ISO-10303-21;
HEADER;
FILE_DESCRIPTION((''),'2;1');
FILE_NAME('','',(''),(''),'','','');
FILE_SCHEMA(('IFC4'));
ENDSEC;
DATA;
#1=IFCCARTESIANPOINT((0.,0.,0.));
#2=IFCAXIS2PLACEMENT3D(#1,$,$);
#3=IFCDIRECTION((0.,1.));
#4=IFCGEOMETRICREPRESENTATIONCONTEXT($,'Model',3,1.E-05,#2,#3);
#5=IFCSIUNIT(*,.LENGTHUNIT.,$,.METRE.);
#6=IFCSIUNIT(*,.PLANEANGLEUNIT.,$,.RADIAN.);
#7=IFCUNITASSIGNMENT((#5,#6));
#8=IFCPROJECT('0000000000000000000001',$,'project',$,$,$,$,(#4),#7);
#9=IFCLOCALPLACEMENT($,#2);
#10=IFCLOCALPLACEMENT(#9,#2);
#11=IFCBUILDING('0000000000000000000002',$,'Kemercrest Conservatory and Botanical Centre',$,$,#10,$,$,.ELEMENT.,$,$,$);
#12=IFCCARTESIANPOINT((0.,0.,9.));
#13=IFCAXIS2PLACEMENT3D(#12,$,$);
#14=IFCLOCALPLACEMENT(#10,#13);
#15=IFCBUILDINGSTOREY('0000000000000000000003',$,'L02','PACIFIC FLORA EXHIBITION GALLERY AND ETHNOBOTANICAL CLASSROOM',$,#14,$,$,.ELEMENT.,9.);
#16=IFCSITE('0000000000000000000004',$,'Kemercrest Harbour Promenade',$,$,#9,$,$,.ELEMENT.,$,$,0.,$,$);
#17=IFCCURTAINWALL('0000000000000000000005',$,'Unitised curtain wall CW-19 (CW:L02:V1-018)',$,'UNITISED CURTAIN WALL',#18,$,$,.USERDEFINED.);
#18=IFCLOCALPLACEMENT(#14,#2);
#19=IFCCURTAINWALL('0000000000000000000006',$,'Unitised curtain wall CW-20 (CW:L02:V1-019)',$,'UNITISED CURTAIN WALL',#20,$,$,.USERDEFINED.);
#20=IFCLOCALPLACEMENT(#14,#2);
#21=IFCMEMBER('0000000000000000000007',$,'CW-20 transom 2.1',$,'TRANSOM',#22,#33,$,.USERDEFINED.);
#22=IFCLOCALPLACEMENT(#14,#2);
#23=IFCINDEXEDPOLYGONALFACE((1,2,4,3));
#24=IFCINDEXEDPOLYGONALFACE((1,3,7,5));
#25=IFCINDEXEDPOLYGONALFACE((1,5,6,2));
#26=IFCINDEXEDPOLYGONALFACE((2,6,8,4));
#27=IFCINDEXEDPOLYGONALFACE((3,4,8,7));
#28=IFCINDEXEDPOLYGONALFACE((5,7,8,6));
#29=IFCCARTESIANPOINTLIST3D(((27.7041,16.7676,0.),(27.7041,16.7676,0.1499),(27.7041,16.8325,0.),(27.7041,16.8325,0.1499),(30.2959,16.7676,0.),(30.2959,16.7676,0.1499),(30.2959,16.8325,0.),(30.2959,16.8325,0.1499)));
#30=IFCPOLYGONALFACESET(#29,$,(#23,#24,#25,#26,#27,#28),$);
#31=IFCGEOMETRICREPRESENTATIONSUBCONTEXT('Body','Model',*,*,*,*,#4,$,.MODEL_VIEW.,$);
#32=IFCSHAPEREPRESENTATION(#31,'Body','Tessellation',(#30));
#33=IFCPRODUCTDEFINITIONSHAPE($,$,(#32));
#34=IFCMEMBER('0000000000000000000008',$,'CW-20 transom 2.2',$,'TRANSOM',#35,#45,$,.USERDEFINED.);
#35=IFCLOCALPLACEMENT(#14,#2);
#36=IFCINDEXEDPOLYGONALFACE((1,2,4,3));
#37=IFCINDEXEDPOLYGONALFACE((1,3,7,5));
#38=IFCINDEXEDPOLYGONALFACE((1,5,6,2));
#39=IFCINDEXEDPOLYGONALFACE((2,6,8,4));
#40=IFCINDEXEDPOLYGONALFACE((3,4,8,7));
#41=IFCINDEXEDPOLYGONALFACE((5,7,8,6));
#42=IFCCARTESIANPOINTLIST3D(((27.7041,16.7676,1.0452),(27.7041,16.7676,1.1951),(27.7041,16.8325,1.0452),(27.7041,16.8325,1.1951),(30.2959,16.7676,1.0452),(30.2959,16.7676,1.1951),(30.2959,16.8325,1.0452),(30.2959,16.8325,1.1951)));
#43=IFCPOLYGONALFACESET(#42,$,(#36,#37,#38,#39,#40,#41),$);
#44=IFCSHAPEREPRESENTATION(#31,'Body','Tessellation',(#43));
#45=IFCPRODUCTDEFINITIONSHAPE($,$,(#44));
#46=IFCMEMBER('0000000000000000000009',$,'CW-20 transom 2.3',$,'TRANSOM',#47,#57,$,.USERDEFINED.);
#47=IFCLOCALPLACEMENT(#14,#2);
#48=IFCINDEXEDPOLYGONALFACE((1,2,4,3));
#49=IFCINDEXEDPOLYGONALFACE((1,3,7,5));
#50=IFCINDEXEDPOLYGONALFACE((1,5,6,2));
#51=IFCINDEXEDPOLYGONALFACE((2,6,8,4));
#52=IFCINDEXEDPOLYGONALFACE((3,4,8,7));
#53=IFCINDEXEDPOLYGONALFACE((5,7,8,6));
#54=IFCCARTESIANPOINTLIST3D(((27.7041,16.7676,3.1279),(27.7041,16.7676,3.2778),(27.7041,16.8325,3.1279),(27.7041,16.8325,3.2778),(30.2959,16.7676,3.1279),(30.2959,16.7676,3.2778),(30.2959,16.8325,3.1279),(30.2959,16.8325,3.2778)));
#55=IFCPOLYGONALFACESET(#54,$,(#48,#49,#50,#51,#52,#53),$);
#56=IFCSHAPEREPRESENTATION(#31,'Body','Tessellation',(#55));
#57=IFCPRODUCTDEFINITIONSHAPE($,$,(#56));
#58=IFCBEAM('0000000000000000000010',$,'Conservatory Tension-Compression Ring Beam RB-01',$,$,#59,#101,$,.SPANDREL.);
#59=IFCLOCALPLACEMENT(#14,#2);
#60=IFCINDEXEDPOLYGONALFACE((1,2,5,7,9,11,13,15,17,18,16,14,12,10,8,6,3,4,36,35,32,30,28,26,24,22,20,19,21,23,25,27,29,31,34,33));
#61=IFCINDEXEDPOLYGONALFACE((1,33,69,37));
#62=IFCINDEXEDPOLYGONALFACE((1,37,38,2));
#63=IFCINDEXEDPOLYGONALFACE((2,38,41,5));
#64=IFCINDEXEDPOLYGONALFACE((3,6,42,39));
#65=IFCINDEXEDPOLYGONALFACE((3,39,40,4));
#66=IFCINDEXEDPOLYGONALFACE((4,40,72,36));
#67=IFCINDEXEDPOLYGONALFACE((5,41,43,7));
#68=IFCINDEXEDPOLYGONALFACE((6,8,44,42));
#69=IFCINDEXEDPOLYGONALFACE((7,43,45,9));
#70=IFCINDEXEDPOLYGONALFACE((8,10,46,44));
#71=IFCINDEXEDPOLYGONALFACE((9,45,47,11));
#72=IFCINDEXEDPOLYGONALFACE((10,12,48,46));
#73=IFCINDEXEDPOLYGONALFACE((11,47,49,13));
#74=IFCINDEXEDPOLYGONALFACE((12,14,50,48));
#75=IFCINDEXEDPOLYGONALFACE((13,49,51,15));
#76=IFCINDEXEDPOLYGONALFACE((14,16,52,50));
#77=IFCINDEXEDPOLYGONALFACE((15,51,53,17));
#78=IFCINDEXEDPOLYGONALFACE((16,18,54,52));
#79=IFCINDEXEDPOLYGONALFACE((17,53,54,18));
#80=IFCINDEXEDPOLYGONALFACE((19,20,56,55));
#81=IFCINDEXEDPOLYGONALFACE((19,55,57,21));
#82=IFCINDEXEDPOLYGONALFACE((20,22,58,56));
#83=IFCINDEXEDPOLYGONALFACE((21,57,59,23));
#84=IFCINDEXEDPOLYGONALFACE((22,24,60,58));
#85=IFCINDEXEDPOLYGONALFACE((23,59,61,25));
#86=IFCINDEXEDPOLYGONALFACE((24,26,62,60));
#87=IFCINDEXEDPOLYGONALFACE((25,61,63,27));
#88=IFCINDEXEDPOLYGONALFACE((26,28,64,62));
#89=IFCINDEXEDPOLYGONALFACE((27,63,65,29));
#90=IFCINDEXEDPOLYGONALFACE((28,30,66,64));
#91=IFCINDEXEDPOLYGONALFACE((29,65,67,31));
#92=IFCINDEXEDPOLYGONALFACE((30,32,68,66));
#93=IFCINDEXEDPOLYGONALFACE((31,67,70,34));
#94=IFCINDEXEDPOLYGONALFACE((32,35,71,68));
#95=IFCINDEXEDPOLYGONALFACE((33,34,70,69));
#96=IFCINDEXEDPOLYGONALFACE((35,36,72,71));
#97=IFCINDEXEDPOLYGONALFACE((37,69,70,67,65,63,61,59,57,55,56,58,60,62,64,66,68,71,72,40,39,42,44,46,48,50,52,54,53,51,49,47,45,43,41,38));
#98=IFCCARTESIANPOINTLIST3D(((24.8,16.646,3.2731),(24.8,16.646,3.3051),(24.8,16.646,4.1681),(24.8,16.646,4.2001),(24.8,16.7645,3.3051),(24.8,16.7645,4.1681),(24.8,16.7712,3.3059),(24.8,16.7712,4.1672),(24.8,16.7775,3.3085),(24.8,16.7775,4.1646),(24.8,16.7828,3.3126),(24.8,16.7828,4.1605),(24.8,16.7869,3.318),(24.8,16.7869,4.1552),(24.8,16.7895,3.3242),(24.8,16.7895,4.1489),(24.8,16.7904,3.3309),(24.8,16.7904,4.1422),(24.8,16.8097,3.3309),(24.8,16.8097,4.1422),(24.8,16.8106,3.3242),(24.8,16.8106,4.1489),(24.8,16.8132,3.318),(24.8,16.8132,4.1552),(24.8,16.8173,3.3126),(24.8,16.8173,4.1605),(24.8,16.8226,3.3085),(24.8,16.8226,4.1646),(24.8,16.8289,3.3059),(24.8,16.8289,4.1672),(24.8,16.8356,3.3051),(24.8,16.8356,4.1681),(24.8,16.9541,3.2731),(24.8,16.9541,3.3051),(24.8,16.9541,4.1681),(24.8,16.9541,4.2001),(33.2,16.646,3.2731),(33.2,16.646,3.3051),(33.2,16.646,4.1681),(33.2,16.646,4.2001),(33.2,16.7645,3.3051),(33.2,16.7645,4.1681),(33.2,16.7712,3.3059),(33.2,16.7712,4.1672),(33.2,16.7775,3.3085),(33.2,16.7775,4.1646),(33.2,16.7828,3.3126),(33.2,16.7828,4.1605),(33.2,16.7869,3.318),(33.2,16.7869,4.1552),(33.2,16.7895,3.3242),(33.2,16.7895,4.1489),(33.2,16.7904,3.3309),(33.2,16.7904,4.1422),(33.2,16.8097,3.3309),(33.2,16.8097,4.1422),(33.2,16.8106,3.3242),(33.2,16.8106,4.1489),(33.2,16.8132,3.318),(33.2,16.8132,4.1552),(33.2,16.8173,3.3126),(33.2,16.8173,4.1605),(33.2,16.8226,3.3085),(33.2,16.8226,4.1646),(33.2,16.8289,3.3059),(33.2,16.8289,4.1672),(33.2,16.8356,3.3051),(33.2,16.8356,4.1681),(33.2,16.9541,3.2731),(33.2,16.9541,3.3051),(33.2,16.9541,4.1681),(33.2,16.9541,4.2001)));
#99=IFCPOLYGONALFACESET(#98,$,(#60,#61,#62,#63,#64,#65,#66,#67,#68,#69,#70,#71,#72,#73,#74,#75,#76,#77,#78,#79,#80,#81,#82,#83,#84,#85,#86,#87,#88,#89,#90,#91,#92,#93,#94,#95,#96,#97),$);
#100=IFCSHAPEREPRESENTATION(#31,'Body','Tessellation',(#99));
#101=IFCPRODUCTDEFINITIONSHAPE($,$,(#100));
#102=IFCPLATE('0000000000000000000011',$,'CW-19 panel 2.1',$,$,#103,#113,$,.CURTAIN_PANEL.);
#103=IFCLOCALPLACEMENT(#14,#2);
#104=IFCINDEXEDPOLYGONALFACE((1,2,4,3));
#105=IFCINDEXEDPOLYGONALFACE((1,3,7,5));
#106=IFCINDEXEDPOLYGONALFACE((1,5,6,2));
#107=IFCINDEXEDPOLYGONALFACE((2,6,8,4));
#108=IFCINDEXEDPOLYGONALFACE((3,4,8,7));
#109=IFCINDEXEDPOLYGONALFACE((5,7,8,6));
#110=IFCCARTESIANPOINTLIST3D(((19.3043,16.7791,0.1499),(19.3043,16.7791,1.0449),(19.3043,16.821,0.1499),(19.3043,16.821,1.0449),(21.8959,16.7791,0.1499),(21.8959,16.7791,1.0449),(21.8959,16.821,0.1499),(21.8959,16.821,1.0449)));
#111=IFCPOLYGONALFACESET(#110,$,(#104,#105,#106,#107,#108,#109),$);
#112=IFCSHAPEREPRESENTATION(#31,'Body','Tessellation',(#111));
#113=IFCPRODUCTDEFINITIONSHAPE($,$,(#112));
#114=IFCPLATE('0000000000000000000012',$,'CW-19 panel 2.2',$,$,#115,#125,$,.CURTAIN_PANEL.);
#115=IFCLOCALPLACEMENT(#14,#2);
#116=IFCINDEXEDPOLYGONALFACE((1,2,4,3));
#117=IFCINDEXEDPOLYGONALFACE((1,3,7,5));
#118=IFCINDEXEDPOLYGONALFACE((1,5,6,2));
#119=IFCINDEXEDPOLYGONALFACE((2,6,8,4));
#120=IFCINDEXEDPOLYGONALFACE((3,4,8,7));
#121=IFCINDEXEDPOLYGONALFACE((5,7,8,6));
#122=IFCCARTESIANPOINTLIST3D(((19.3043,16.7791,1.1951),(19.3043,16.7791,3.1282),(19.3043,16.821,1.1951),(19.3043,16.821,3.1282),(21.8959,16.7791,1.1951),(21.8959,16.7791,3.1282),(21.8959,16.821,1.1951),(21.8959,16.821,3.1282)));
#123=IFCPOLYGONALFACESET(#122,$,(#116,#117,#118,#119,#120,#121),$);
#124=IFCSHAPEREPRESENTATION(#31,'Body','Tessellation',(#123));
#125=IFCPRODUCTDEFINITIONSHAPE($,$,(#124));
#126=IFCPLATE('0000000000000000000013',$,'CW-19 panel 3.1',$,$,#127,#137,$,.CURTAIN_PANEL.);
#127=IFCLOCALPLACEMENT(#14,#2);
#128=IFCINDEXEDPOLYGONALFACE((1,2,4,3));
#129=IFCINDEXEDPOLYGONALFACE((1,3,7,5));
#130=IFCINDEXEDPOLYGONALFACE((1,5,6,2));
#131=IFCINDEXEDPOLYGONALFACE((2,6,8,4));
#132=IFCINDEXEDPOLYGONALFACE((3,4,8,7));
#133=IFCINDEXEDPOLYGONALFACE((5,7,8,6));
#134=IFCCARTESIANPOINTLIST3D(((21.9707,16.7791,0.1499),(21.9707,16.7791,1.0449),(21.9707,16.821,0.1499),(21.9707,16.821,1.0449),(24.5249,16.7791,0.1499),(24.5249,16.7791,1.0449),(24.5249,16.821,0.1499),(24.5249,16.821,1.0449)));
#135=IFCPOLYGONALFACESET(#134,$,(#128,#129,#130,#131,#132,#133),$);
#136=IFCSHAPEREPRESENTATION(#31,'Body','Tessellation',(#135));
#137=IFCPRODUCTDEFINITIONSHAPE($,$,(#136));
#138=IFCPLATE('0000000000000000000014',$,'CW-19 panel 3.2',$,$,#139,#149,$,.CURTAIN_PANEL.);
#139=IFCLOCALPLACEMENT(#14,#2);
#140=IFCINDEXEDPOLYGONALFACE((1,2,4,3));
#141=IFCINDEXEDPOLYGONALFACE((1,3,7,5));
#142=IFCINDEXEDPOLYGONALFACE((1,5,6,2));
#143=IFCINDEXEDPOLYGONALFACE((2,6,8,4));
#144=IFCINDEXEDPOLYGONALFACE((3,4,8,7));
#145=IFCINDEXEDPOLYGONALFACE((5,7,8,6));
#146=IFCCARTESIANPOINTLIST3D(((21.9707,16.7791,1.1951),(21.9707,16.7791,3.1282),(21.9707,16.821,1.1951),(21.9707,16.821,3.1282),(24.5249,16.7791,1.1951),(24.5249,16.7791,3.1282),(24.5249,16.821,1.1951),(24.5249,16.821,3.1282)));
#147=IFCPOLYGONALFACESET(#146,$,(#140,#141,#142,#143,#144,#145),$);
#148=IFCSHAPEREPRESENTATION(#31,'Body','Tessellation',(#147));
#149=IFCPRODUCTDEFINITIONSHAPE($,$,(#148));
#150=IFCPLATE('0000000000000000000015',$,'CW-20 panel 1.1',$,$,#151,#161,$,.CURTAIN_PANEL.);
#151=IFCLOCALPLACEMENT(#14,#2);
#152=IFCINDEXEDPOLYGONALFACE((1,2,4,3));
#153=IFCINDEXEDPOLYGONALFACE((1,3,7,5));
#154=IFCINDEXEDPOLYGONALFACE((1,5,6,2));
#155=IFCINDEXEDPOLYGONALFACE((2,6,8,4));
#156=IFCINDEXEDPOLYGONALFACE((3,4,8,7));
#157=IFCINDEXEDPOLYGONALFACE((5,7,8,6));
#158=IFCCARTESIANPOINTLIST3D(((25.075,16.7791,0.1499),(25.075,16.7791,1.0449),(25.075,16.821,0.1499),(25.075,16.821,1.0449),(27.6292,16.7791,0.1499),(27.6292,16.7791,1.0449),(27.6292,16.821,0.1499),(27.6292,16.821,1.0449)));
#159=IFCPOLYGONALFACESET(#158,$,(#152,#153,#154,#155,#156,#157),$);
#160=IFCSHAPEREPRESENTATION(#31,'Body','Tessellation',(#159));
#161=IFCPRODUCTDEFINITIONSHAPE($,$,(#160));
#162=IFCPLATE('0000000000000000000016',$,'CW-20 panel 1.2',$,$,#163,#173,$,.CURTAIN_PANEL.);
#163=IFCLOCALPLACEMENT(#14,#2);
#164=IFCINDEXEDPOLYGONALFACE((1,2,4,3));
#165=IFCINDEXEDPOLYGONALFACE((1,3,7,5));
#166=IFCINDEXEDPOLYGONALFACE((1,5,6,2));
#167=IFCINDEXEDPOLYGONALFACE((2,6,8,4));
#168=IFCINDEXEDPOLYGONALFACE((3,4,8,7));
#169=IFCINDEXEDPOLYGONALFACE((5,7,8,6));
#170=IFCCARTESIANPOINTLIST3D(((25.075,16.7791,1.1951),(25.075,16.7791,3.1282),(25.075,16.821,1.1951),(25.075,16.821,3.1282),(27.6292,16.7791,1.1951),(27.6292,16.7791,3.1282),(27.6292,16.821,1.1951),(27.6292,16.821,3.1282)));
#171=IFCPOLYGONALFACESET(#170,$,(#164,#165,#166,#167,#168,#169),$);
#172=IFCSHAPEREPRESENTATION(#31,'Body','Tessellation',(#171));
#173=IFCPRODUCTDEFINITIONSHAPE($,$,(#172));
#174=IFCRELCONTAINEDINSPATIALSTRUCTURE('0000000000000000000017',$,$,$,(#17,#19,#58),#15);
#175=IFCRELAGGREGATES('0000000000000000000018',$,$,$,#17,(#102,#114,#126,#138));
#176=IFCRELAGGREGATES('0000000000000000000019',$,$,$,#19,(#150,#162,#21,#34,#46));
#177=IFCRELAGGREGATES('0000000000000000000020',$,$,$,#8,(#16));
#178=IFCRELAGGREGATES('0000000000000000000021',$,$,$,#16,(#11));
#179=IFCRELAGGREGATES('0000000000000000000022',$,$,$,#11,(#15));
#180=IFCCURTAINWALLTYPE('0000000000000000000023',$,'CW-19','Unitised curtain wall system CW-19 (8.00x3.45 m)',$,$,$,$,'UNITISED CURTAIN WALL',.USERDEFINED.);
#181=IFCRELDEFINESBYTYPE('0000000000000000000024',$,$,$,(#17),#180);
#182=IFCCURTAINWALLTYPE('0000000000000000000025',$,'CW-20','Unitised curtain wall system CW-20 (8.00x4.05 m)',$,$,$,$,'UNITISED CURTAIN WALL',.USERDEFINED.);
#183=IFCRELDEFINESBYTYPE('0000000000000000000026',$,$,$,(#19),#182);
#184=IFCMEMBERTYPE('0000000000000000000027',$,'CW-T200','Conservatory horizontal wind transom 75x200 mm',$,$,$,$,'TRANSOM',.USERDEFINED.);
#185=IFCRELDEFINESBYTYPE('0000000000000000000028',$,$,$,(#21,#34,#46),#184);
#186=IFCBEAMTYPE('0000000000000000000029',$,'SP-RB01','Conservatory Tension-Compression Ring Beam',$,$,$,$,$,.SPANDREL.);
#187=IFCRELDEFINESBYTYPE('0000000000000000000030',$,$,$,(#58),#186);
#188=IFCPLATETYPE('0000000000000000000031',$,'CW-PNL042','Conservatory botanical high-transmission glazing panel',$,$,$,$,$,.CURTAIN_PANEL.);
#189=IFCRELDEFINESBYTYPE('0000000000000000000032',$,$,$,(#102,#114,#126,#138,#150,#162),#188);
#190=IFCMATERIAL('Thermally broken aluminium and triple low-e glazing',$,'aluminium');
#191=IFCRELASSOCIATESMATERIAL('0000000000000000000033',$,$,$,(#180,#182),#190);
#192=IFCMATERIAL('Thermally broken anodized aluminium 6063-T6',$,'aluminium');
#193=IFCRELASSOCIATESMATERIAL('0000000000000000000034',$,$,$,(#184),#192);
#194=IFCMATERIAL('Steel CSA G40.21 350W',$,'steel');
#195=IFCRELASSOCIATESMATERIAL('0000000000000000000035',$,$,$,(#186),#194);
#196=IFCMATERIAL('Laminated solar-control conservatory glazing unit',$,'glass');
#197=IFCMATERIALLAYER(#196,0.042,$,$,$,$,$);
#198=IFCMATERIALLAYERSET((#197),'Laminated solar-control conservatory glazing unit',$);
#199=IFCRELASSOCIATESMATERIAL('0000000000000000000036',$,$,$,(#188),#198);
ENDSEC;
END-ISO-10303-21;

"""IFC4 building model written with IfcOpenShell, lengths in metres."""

from ifc_helpers import new_model, si_unit, direction, frame, origin, origin_2d, place, context, subcontext, project, spatial, rectangle, i_section, extrude, material, layer, layer_set, material_profile, profile_set, type_object, element, aggregate, save


model = new_model("IFC4")

# Units and contexts
model_context = context("Model", 3, precision=1e-05, world=origin(), true_north=direction((0.0, 1.0)))
body_context = subcontext(model_context, "Body", "Model", "MODEL_VIEW")
ifc_project = project(units=[si_unit("LENGTHUNIT", "METRE"), si_unit("PLANEANGLEUNIT", "RADIAN")], contexts=[model_context])

# Site, building, storey
site_placement = place(None, origin())
site = spatial("IfcSite", under=ifc_project, at=site_placement, Name="Kemercrest Harbour Promenade", CompositionType="ELEMENT", RefElevation=0.0)
building_placement = place(site_placement, origin())
building = spatial("IfcBuilding", under=site, at=building_placement, Name="Kemercrest Conservatory and Botanical Centre", CompositionType="ELEMENT")
storey_placement = place(building_placement, frame((0.0, 0.0, 9.0)))
storey = spatial("IfcBuildingStorey", under=building, at=storey_placement, Name="L02", Description="PACIFIC FLORA EXHIBITION GALLERY AND ETHNOBOTANICAL CLASSROOM", CompositionType="ELEMENT", Elevation=9.0)

# Shared definitions
ifc_material_1 = material(Name="Steel CSA G40.21 350W", Category="steel")

# Curtain walls
ifc_material_2 = material(Name="Thermally broken aluminium and triple low-e glazing", Category="aluminium")
curtain_wall_type_1 = type_object("IfcCurtainWallType", Name="CW-19", Description="Unitised curtain wall system CW-19 (8.00x3.45 m)", ElementType="UNITISED CURTAIN WALL", PredefinedType="USERDEFINED", material=ifc_material_2)
curtain_wall_1_placement = place(storey_placement, origin())
curtain_wall_1 = element("IfcCurtainWall", 1, at=curtain_wall_1_placement, inside=storey, type_object=curtain_wall_type_1, Name="Unitised curtain wall CW-19 (CW:L02:V1-018)", ObjectType="UNITISED CURTAIN WALL", PredefinedType="USERDEFINED")
ifc_material_3 = material(Name="Thermally broken anodized aluminium 6063-T6", Category="aluminium")
curtain_wall_type_2 = type_object("IfcCurtainWallType", Name="CW-20", Description="Unitised curtain wall system CW-20 (8.00x4.05 m)", ElementType="UNITISED CURTAIN WALL", PredefinedType="USERDEFINED", material=ifc_material_2)
curtain_wall_2_placement = place(storey_placement, origin())
curtain_wall_2 = element("IfcCurtainWall", 2, at=curtain_wall_2_placement, inside=storey, type_object=curtain_wall_type_2, Name="Unitised curtain wall CW-20 (CW:L02:V1-019)", ObjectType="UNITISED CURTAIN WALL", PredefinedType="USERDEFINED")

# Members
ifc_material_profile_1 = material_profile(ifc_material_3, rectangle(XDim=0.0649, YDim=0.1499, at=origin_2d()), Name="AL TRANSOM 65x150")
ifc_profile_set_1 = profile_set([ifc_material_profile_1], Name="Thermally broken anodized aluminium 6063-T6")
member_type_1 = type_object("IfcMemberType", Name="CW-T200", Description="Conservatory horizontal wind transom 75x200 mm", ElementType="TRANSOM", PredefinedType="USERDEFINED", material=ifc_profile_set_1)
member_1_placement = place(storey_placement, frame((27.7041, 16.8, 0.075), z_axis=(1.0, 0.0, 0.0), x_axis=(0.0, 1.0, 0.0)))
member_1 = element("IfcMember", 3, at=member_1_placement, type_object=member_type_1, Name="CW-20 transom 2.1", ObjectType="TRANSOM", PredefinedType="USERDEFINED", context=body_context, shape_type="SweptSolid", body=[
    extrude(rectangle(XDim=0.0649, YDim=0.1499, at=origin_2d()), origin(), (0.0, 0.0, 1.0), 2.5918),
])
member_2_placement = place(storey_placement, frame((27.7041, 16.8, 1.1201), z_axis=(1.0, 0.0, 0.0), x_axis=(0.0, 1.0, 0.0)))
member_2 = element("IfcMember", 4, at=member_2_placement, type_object=member_type_1, Name="CW-20 transom 2.2", ObjectType="TRANSOM", PredefinedType="USERDEFINED", context=body_context, shape_type="SweptSolid", body=[
    extrude(rectangle(XDim=0.0649, YDim=0.1499, at=origin_2d()), origin(), (0.0, 0.0, 1.0), 2.5918),
])
member_3_placement = place(storey_placement, frame((27.7041, 16.8, 3.2029), z_axis=(1.0, 0.0, 0.0), x_axis=(0.0, 1.0, 0.0)))
member_3 = element("IfcMember", 5, at=member_3_placement, type_object=member_type_1, Name="CW-20 transom 2.3", ObjectType="TRANSOM", PredefinedType="USERDEFINED", context=body_context, shape_type="SweptSolid", body=[
    extrude(rectangle(XDim=0.0649, YDim=0.1499, at=origin_2d()), origin(), (0.0, 0.0, 1.0), 2.5918),
])

# Beam
ifc_material_profile_2 = material_profile(ifc_material_1, i_section(OverallWidth=0.3081, OverallDepth=0.927, WebThickness=0.0193, FlangeThickness=0.032, FilletRadius=0.0259, at=origin_2d()), Name="W920X289")
ifc_profile_set_2 = profile_set([ifc_material_profile_2], Name="Steel CSA G40.21 350W")
beam_type = type_object("IfcBeamType", Name="SP-RB01", Description="Conservatory Tension-Compression Ring Beam", PredefinedType="SPANDREL", material=ifc_profile_set_2)
beam_placement = place(storey_placement, frame((24.8, 16.8, 3.7366), z_axis=(1.0, 0.0, 0.0), x_axis=(0.0, 1.0, 0.0)))
element("IfcBeam", 6, at=beam_placement, inside=storey, type_object=beam_type, Name="Conservatory Tension-Compression Ring Beam RB-01", PredefinedType="SPANDREL", context=body_context, shape_type="SweptSolid", body=[
    extrude(i_section(OverallWidth=0.3081, OverallDepth=0.927, WebThickness=0.0193, FlangeThickness=0.032, FilletRadius=0.0259, at=origin_2d()), origin(), (0.0, 0.0, 1.0), 8.3999),
])

# Plates
ifc_material_4 = material(Name="Laminated solar-control conservatory glazing unit", Category="glass")
ifc_layer = layer(ifc_material_4, 0.042)
ifc_layer_set = layer_set([ifc_layer], Name="Laminated solar-control conservatory glazing unit")
plate_type = type_object("IfcPlateType", Name="CW-PNL042", Description="Conservatory botanical high-transmission glazing panel", PredefinedType="CURTAIN_PANEL", material=ifc_layer_set)
plate_1_placement = place(storey_placement, frame((20.6001, 16.8, 0.1499), z_axis=(0.0, 0.0, 1.0), x_axis=(1.0, 0.0, 0.0)))
plate_1 = element("IfcPlate", 7, at=plate_1_placement, type_object=plate_type, Name="CW-19 panel 2.1", PredefinedType="CURTAIN_PANEL", context=body_context, shape_type="SweptSolid", body=[
    extrude(rectangle(XDim=2.5916, YDim=0.042, at=origin_2d()), origin(), (0.0, 0.0, 1.0), 0.895),
])
plate_2_placement = place(storey_placement, frame((20.6001, 16.8, 1.1951), z_axis=(0.0, 0.0, 1.0), x_axis=(1.0, 0.0, 0.0)))
plate_2 = element("IfcPlate", 8, at=plate_2_placement, type_object=plate_type, Name="CW-19 panel 2.2", PredefinedType="CURTAIN_PANEL", context=body_context, shape_type="SweptSolid", body=[
    extrude(rectangle(XDim=2.5916, YDim=0.042, at=origin_2d()), origin(), (0.0, 0.0, 1.0), 1.9331),
])
plate_3_placement = place(storey_placement, frame((23.2478, 16.8, 0.1499), z_axis=(0.0, 0.0, 1.0), x_axis=(1.0, 0.0, 0.0)))
plate_3 = element("IfcPlate", 9, at=plate_3_placement, type_object=plate_type, Name="CW-19 panel 3.1", PredefinedType="CURTAIN_PANEL", context=body_context, shape_type="SweptSolid", body=[
    extrude(rectangle(XDim=2.5542, YDim=0.042, at=origin_2d()), origin(), (0.0, 0.0, 1.0), 0.895),
])
plate_4_placement = place(storey_placement, frame((23.2478, 16.8, 1.1951), z_axis=(0.0, 0.0, 1.0), x_axis=(1.0, 0.0, 0.0)))
plate_4 = element("IfcPlate", 10, at=plate_4_placement, type_object=plate_type, Name="CW-19 panel 3.2", PredefinedType="CURTAIN_PANEL", context=body_context, shape_type="SweptSolid", body=[
    extrude(rectangle(XDim=2.5542, YDim=0.042, at=origin_2d()), origin(), (0.0, 0.0, 1.0), 1.9331),
])
aggregate(curtain_wall_1, [plate_1, plate_2, plate_3, plate_4])
plate_5_placement = place(storey_placement, frame((26.3521, 16.8, 0.1499), z_axis=(0.0, 0.0, 1.0), x_axis=(1.0, 0.0, 0.0)))
plate_5 = element("IfcPlate", 11, at=plate_5_placement, type_object=plate_type, Name="CW-20 panel 1.1", PredefinedType="CURTAIN_PANEL", context=body_context, shape_type="SweptSolid", body=[
    extrude(rectangle(XDim=2.5542, YDim=0.042, at=origin_2d()), origin(), (0.0, 0.0, 1.0), 0.895),
])
plate_6_placement = place(storey_placement, frame((26.3521, 16.8, 1.1951), z_axis=(0.0, 0.0, 1.0), x_axis=(1.0, 0.0, 0.0)))
plate_6 = element("IfcPlate", 12, at=plate_6_placement, type_object=plate_type, Name="CW-20 panel 1.2", PredefinedType="CURTAIN_PANEL", context=body_context, shape_type="SweptSolid", body=[
    extrude(rectangle(XDim=2.5542, YDim=0.042, at=origin_2d()), origin(), (0.0, 0.0, 1.0), 1.9331),
])
aggregate(curtain_wall_2, [plate_5, plate_6, member_1, member_2, member_3])

save(model, "model.ifc")
